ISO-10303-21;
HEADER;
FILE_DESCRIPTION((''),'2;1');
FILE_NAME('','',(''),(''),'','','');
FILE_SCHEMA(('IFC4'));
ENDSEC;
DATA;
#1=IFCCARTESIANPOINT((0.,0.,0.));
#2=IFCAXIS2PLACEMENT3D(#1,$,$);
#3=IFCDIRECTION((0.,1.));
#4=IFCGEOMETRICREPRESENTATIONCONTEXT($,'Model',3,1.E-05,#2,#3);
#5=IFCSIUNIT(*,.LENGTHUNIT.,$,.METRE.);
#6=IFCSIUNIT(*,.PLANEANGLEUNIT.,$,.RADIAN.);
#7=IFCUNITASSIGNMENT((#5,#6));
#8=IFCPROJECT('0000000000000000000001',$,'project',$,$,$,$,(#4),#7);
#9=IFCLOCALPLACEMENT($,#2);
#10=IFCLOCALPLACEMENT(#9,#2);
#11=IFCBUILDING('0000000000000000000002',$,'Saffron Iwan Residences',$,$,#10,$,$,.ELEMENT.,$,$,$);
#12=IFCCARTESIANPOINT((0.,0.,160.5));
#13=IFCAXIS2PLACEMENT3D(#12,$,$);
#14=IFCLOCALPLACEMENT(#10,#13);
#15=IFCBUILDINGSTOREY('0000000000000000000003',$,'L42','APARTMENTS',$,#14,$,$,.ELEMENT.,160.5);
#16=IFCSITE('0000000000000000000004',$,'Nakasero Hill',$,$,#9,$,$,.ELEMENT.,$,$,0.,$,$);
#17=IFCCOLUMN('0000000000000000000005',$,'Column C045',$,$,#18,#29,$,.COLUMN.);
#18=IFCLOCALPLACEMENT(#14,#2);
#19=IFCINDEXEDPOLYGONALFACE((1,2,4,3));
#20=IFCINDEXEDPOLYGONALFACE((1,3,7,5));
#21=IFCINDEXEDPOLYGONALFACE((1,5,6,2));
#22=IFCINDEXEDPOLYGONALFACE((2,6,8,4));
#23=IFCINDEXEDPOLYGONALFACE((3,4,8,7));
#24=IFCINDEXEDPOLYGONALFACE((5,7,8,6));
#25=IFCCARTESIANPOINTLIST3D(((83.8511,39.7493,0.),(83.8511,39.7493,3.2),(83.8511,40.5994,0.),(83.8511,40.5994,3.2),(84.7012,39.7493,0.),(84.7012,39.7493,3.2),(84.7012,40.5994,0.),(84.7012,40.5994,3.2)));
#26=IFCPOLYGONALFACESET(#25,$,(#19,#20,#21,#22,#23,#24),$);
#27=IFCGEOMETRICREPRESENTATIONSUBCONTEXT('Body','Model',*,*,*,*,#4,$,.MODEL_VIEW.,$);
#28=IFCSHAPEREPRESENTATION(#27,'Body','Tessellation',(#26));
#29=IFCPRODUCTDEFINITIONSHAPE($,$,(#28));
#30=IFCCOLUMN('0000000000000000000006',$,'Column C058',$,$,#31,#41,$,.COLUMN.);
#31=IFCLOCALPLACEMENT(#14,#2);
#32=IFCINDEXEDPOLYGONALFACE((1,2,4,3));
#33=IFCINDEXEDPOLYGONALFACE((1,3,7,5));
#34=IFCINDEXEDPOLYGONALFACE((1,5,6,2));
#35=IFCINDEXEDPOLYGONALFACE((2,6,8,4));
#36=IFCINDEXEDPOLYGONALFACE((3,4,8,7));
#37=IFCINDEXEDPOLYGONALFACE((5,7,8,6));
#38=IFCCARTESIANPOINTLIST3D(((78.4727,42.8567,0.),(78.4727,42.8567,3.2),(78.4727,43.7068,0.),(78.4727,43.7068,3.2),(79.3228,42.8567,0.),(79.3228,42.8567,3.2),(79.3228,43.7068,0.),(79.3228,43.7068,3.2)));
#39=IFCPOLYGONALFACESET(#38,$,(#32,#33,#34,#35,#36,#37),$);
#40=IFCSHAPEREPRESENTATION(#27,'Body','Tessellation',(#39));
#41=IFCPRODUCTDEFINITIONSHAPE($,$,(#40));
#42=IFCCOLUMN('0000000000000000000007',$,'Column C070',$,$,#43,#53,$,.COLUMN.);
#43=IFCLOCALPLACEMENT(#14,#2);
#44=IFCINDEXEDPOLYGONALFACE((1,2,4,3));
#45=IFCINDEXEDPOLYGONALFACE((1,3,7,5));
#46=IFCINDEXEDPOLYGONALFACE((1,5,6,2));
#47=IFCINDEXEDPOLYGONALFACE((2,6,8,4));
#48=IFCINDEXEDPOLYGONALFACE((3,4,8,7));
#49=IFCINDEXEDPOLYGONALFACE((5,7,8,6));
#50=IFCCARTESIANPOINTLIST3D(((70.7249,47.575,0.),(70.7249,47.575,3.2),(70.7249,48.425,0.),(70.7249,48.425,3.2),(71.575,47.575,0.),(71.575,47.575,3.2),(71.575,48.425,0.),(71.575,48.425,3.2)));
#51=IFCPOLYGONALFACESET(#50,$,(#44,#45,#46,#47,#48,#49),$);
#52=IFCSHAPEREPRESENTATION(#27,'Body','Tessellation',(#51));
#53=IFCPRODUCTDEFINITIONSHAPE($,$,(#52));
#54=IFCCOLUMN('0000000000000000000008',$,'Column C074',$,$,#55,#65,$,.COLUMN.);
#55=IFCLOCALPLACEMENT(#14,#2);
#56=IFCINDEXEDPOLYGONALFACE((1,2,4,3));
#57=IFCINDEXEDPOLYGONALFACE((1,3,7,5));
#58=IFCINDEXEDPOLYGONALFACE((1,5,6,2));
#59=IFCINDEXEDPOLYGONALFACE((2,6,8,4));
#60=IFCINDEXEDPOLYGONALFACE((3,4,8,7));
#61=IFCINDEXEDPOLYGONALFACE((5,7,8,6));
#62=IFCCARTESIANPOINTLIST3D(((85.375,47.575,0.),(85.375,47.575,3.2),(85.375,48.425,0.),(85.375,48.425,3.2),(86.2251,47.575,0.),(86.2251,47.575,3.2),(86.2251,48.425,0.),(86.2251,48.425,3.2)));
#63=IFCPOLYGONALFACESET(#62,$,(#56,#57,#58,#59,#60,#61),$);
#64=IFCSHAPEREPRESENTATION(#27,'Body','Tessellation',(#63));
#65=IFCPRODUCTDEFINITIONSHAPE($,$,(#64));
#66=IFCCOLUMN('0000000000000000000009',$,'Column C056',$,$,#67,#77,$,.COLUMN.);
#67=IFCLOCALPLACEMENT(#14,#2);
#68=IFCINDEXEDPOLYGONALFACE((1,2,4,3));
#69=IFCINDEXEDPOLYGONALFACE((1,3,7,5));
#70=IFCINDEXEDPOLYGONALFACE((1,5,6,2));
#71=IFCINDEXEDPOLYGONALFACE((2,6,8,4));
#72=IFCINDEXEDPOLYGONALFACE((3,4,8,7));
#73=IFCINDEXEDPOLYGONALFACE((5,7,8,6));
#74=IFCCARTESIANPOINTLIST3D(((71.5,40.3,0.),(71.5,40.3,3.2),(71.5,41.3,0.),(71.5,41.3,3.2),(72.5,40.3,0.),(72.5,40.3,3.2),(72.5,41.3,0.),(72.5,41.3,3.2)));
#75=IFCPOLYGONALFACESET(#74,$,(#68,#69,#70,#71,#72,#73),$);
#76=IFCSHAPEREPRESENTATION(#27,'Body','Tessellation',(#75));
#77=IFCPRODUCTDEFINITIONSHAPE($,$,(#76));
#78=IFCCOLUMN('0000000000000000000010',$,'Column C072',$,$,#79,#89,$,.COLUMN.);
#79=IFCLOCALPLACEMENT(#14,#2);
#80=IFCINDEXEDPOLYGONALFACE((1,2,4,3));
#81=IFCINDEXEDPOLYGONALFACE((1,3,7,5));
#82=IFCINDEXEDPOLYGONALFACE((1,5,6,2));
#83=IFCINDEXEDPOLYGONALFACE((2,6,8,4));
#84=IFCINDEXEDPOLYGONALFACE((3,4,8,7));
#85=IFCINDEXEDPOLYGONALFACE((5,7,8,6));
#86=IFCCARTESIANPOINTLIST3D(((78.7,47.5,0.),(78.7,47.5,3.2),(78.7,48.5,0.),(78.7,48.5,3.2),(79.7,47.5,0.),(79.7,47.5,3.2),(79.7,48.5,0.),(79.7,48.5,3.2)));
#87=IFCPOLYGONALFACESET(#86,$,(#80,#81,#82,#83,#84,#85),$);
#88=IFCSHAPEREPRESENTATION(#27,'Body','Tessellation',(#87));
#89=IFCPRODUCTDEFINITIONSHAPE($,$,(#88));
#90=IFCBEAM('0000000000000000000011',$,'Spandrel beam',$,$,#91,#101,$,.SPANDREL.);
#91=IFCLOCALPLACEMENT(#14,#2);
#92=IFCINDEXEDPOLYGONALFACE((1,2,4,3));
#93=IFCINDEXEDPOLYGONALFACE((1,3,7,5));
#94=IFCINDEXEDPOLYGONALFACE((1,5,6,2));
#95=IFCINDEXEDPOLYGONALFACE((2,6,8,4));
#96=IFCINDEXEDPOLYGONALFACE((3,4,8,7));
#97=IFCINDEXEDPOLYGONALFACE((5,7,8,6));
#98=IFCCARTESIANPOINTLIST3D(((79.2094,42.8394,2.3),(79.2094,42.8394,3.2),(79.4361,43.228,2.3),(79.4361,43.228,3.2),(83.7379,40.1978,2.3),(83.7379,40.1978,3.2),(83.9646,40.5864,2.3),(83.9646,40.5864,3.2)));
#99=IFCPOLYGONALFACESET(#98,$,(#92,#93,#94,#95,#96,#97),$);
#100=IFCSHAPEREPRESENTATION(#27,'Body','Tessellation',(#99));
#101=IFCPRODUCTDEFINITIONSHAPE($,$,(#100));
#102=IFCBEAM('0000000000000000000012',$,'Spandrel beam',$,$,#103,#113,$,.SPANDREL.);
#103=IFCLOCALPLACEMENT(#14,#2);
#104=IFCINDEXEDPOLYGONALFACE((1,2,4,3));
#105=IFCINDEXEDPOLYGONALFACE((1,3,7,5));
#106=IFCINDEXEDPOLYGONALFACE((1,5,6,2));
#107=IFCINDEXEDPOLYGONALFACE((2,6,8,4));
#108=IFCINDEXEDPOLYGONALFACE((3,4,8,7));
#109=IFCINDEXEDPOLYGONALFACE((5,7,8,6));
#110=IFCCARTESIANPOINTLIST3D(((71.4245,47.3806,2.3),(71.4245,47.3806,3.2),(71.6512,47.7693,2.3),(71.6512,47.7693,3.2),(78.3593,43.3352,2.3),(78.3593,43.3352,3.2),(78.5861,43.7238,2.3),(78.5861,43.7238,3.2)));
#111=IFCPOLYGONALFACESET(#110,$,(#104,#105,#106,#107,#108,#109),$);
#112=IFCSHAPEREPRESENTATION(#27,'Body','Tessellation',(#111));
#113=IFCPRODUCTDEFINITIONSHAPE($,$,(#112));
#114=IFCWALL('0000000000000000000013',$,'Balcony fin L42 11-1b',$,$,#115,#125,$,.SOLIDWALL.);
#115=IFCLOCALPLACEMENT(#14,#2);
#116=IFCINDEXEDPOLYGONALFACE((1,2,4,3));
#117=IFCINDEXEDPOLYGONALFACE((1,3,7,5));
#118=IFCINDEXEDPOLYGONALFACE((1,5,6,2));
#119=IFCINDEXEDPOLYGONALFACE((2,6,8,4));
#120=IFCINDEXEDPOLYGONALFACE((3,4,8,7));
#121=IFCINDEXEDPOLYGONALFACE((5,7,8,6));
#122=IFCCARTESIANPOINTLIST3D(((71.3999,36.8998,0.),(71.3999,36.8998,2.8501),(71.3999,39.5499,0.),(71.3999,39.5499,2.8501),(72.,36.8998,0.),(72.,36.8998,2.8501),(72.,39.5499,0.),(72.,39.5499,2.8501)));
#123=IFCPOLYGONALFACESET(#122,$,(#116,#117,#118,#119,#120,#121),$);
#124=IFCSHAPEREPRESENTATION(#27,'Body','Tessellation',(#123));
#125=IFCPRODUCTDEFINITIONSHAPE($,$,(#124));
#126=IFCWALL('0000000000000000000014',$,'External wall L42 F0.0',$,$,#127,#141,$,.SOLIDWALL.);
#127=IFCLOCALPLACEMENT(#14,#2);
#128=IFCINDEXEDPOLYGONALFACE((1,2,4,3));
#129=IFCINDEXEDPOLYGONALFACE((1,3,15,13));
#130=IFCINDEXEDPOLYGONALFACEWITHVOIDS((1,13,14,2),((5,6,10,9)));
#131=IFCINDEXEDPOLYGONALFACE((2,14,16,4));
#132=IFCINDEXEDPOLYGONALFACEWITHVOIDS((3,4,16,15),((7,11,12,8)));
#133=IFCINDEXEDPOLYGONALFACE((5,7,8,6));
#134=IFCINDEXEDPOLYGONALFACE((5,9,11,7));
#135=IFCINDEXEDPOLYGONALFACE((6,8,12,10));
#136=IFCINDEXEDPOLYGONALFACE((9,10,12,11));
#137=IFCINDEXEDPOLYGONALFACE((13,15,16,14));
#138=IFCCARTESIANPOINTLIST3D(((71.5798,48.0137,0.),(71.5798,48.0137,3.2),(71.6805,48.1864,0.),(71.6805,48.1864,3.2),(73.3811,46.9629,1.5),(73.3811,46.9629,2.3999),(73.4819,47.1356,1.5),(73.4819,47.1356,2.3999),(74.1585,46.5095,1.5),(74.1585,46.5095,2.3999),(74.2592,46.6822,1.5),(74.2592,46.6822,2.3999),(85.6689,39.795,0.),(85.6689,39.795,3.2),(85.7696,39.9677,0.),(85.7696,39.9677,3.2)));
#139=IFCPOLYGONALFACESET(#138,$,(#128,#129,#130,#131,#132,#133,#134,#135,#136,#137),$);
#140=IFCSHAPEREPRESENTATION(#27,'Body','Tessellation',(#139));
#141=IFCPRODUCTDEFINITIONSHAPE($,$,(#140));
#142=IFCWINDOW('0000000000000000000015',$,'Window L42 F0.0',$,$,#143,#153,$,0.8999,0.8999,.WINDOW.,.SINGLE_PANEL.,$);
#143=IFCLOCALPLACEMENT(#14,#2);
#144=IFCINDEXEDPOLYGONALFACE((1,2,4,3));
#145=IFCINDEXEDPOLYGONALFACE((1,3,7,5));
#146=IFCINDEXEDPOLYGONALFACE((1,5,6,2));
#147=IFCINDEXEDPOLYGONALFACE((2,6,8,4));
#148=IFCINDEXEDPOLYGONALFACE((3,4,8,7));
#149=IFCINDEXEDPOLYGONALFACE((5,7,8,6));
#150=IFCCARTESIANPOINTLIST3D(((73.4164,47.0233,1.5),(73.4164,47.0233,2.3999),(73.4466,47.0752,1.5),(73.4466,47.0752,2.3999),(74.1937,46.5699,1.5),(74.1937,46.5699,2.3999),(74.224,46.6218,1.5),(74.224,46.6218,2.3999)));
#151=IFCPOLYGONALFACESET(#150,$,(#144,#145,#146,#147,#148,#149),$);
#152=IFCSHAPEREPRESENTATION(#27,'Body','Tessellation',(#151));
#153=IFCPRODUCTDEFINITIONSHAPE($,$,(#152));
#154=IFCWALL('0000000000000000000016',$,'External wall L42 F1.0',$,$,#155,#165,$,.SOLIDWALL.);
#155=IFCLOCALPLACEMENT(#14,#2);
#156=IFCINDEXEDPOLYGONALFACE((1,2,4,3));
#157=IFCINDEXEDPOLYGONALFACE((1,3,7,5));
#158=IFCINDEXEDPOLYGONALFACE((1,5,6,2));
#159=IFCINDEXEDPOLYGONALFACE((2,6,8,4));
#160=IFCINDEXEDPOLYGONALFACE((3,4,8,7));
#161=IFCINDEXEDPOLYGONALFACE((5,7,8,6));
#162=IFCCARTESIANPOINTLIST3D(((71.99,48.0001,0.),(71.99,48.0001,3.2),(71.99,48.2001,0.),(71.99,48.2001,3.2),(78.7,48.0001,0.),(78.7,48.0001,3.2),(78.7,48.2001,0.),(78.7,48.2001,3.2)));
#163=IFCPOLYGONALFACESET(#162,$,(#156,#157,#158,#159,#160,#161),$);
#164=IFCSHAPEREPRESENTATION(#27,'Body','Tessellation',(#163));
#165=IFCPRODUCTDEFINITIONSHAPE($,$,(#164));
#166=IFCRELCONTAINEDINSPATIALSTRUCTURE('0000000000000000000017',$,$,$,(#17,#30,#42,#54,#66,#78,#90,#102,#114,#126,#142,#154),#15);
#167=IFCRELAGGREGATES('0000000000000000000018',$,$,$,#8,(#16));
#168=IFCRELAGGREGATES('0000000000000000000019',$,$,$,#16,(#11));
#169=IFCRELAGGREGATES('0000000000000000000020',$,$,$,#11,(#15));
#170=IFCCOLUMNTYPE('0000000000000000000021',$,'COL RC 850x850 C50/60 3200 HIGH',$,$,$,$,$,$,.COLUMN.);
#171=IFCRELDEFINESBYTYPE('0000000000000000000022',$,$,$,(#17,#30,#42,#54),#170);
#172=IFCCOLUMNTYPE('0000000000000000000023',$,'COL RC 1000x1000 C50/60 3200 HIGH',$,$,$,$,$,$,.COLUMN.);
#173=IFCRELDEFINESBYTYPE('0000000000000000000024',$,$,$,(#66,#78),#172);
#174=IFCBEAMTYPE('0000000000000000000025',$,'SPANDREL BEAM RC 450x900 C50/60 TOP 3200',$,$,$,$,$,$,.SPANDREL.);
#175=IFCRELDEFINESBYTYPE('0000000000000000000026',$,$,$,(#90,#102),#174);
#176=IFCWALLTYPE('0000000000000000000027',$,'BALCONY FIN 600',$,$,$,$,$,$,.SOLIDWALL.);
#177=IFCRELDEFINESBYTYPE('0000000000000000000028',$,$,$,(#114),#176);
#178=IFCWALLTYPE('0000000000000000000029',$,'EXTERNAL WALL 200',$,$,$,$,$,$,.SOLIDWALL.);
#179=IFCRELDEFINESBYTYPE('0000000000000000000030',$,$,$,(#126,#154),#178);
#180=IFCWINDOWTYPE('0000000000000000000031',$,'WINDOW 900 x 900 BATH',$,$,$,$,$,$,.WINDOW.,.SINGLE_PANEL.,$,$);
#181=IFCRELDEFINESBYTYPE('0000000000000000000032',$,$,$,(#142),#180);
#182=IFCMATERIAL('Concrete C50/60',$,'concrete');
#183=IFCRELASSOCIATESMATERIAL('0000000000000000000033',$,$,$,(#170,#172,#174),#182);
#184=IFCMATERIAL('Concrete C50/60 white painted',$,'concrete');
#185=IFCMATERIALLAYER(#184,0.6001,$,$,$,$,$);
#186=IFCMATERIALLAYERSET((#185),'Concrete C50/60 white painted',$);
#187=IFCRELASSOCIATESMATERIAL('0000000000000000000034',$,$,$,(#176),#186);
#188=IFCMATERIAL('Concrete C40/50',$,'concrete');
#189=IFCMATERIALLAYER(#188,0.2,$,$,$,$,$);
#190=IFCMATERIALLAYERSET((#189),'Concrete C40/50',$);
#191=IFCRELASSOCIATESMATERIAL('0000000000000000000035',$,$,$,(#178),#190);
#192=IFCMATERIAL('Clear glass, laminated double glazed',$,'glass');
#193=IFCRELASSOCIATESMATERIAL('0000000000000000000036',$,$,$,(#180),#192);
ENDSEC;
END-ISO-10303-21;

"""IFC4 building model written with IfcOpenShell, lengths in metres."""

from ifc_helpers import new_model, si_unit, direction, frame, frame_2d, origin, origin_2d, place, context, subcontext, project, spatial, rectangle, extrude, source, transform, mapped, material, layer, layer_set, material_profile, profile_set, type_object, element, fill, save


model = new_model("IFC4")

# Units and contexts
model_context = context("Model", 3, precision=1e-05, world=origin(), true_north=direction((0.0, 1.0)))
body_context = subcontext(model_context, "Body", "Model", "MODEL_VIEW")
ifc_project = project(units=[si_unit("LENGTHUNIT", "METRE"), si_unit("PLANEANGLEUNIT", "RADIAN")], contexts=[model_context])

# Site, building, storey
site_placement = place(None, origin())
site = spatial("IfcSite", under=ifc_project, at=site_placement, Name="Nakasero Hill", CompositionType="ELEMENT", RefElevation=0.0)
building_placement = place(site_placement, origin())
building = spatial("IfcBuilding", under=site, at=building_placement, Name="Saffron Iwan Residences", CompositionType="ELEMENT")
storey_placement = place(building_placement, frame((0.0, 0.0, 160.5)))
storey = spatial("IfcBuildingStorey", under=building, at=storey_placement, Name="L42", Description="APARTMENTS", CompositionType="ELEMENT", Elevation=160.5)

# Columns
ifc_material_1 = material(Name="Concrete C50/60", Category="concrete")
ifc_material_profile_1 = material_profile(ifc_material_1, rectangle(XDim=0.8501, YDim=0.8501, at=origin_2d()), Name="RC 850x850")
ifc_profile_set_1 = profile_set([ifc_material_profile_1], Name="Concrete C50/60")
column_type_1 = type_object("IfcColumnType", Name="COL RC 850x850 C50/60 3200 HIGH", PredefinedType="COLUMN", material=ifc_profile_set_1)
shared_shape_1 = source(origin(), body_context, "Body", "SweptSolid", [
    extrude(rectangle(XDim=0.8501, YDim=0.8501, at=origin_2d()), origin(), (0.0, 0.0, 1.0), 3.2),
])
for number, where, z_axis, x_axis, name in (
    (1, (84.2761, 40.1743, 0.0), (0.0, 0.0, 1.0), (1.0, 0.0, 0.0), "Column C045"),
    (2, (78.8977, 43.2817, 0.0), (0.0, 0.0, 1.0), (1.0, 0.0, 0.0), "Column C058"),
    (3, (71.1499, 48.0, 0.0), (0.0, 0.0, 1.0), (1.0, 0.0, 0.0), "Column C070"),
    (4, (85.8, 48.0, 0.0), (0.0, 0.0, 1.0), (1.0, 0.0, 0.0), "Column C074"),
):
    element("IfcColumn", number, at=place(storey_placement, frame(where, z_axis=z_axis, x_axis=x_axis)), inside=storey, type_object=column_type_1, Name=name, PredefinedType="COLUMN", context=body_context, shape_type="MappedRepresentation", body=[
        mapped(shared_shape_1, transform((0.0, 0.0, 0.0))),
    ])
ifc_material_profile_2 = material_profile(ifc_material_1, rectangle(XDim=1.0, YDim=1.0, at=origin_2d()), Name="RC 1000x1000")
ifc_profile_set_2 = profile_set([ifc_material_profile_2], Name="Concrete C50/60")
column_type_2 = type_object("IfcColumnType", Name="COL RC 1000x1000 C50/60 3200 HIGH", PredefinedType="COLUMN", material=ifc_profile_set_2)
shared_shape_2 = source(origin(), body_context, "Body", "SweptSolid", [
    extrude(rectangle(XDim=1.0, YDim=1.0, at=origin_2d()), origin(), (0.0, 0.0, 1.0), 3.2),
])
for number, where, z_axis, x_axis, name in (
    (5, (72.0, 40.8, 0.0), (0.0, 0.0, 1.0), (1.0, 0.0, 0.0), "Column C056"),
    (6, (79.2, 48.0, 0.0), (0.0, 0.0, 1.0), (1.0, 0.0, 0.0), "Column C072"),
):
    element("IfcColumn", number, at=place(storey_placement, frame(where, z_axis=z_axis, x_axis=x_axis)), inside=storey, type_object=column_type_2, Name=name, PredefinedType="COLUMN", context=body_context, shape_type="MappedRepresentation", body=[
        mapped(shared_shape_2, transform((0.0, 0.0, 0.0))),
    ])

# Beams
ifc_material_profile_3 = material_profile(ifc_material_1, rectangle(XDim=0.45, YDim=0.8999, at=origin_2d()), Name="RC 450x900")
ifc_profile_set_3 = profile_set([ifc_material_profile_3], Name="Concrete C50/60")
beam_type = type_object("IfcBeamType", Name="SPANDREL BEAM RC 450x900 C50/60 TOP 3200", PredefinedType="SPANDREL", material=ifc_profile_set_3)
shared_shape_3 = source(origin(), body_context, "Body", "SweptSolid", [
    extrude(rectangle(XDim=0.45, YDim=0.8999, at=origin_2d()), origin(), (0.0, 0.0, 1.0), 5.2427),
])
beam_1_placement = place(storey_placement, frame((79.3228, 43.0337, 2.75), z_axis=(0.863784, -0.503862, 0.0), x_axis=(0.503862, 0.863784, 0.0)))
element("IfcBeam", 7, at=beam_1_placement, inside=storey, type_object=beam_type, Name="Spandrel beam", PredefinedType="SPANDREL", context=body_context, shape_type="MappedRepresentation", body=[
    mapped(shared_shape_3, transform((0.0, 0.0, 0.0))),
])
shared_shape_4 = source(origin(), body_context, "Body", "SweptSolid", [
    extrude(rectangle(XDim=0.45, YDim=0.8999, at=origin_2d()), origin(), (0.0, 0.0, 1.0), 8.0286),
])
beam_2_placement = place(storey_placement, frame((71.5378, 47.575, 2.75), z_axis=(0.863773, -0.50388, 0.0), x_axis=(0.50388, 0.863773, 0.0)))
element("IfcBeam", 8, at=beam_2_placement, inside=storey, type_object=beam_type, Name="Spandrel beam", PredefinedType="SPANDREL", context=body_context, shape_type="MappedRepresentation", body=[
    mapped(shared_shape_4, transform((0.0, 0.0, 0.0))),
])

# Wall
ifc_material_2 = material(Name="Concrete C50/60 white painted", Category="concrete")
ifc_layer_1 = layer(ifc_material_2, 0.6001)
ifc_layer_set_1 = layer_set([ifc_layer_1], Name="Concrete C50/60 white painted")
wall_type_1 = type_object("IfcWallType", Name="BALCONY FIN 600", PredefinedType="SOLIDWALL", material=ifc_layer_set_1)
wall_1_placement = place(storey_placement, frame((71.7, 39.55, 0.0), z_axis=(0.0, 0.0, 1.0), x_axis=(0.0, -1.0, 0.0)))
element("IfcWall", 9, at=wall_1_placement, inside=storey, type_object=wall_type_1, Name="Balcony fin L42 11-1b", PredefinedType="SOLIDWALL", context=body_context, shape_type="SweptSolid", body=[
    extrude(rectangle(XDim=2.6501, YDim=0.6001, at=frame_2d((1.3252, 0.0))), origin(), (0.0, 0.0, 1.0), 2.8501),
])

# Wall, opening, window
ifc_material_3 = material(Name="Concrete C40/50", Category="concrete")
ifc_layer_2 = layer(ifc_material_3, 0.2)
ifc_layer_set_2 = layer_set([ifc_layer_2], Name="Concrete C40/50")
wall_type_2 = type_object("IfcWallType", Name="EXTERNAL WALL 200", PredefinedType="SOLIDWALL", material=ifc_layer_set_2)
wall_2_placement = place(storey_placement, frame((85.7192, 39.8813, 0.0), z_axis=(0.0, 0.0, 1.0), x_axis=(-0.863776, 0.503876, 0.0)))
wall_2 = element("IfcWall", 10, at=wall_2_placement, inside=storey, type_object=wall_type_2, Name="External wall L42 F0.0", PredefinedType="SOLIDWALL", context=body_context, shape_type="SweptSolid", body=[
    extrude(rectangle(XDim=16.311, YDim=0.2, at=frame_2d((8.1555, 0.0))), origin(), (0.0, 0.0, 1.0), 3.2),
])
opening_1_placement = place(wall_2_placement, frame((13.3257, 0.0, 1.5)))
opening_1 = element("IfcOpeningElement", 11, at=opening_1_placement, cuts=wall_2, PredefinedType="OPENING", context=body_context, shape_type="SweptSolid", body=[
    extrude(rectangle(XDim=0.8999, YDim=0.8999, at=frame_2d((0.45, 0.45))), frame((0.0, 0.1099, 0.0), z_axis=(0.0, -1.0, 0.0), x_axis=(1.0, 0.0, 0.0)), (0.0, 0.0, 1.0), 0.22),
])
ifc_material_4 = material(Name="Clear glass, laminated double glazed", Category="glass")
window_type_1 = type_object("IfcWindowType", Name="WINDOW 900 x 900 BATH", PartitioningType="SINGLE_PANEL", PredefinedType="WINDOW", material=ifc_material_4)
window_1_placement = place(opening_1_placement, origin())
window_1 = element("IfcWindow", 12, at=window_1_placement, inside=storey, type_object=window_type_1, Name="Window L42 F0.0", OverallHeight=0.8999, OverallWidth=0.8999, PartitioningType="SINGLE_PANEL", PredefinedType="WINDOW", context=body_context, shape_type="SweptSolid", body=[
    extrude(rectangle(XDim=0.8999, YDim=0.8999, at=frame_2d((0.45, 0.45))), frame((0.0, 0.03, 0.0), z_axis=(0.0, -1.0, 0.0), x_axis=(1.0, 0.0, 0.0)), (0.0, 0.0, 1.0), 0.0601),
])
fill(opening_1, window_1)

# Wall
wall_3_placement = place(storey_placement, frame((71.99, 48.1001, 0.0), z_axis=(0.0, 0.0, 1.0), x_axis=(1.0, 0.0, 0.0)))
element("IfcWall", 13, at=wall_3_placement, inside=storey, type_object=wall_type_2, Name="External wall L42 F1.0", PredefinedType="SOLIDWALL", context=body_context, shape_type="SweptSolid", body=[
    extrude(rectangle(XDim=6.71, YDim=0.2, at=frame_2d((3.355, 0.0))), origin(), (0.0, 0.0, 1.0), 3.2),
])

save(model, "model.ifc")
